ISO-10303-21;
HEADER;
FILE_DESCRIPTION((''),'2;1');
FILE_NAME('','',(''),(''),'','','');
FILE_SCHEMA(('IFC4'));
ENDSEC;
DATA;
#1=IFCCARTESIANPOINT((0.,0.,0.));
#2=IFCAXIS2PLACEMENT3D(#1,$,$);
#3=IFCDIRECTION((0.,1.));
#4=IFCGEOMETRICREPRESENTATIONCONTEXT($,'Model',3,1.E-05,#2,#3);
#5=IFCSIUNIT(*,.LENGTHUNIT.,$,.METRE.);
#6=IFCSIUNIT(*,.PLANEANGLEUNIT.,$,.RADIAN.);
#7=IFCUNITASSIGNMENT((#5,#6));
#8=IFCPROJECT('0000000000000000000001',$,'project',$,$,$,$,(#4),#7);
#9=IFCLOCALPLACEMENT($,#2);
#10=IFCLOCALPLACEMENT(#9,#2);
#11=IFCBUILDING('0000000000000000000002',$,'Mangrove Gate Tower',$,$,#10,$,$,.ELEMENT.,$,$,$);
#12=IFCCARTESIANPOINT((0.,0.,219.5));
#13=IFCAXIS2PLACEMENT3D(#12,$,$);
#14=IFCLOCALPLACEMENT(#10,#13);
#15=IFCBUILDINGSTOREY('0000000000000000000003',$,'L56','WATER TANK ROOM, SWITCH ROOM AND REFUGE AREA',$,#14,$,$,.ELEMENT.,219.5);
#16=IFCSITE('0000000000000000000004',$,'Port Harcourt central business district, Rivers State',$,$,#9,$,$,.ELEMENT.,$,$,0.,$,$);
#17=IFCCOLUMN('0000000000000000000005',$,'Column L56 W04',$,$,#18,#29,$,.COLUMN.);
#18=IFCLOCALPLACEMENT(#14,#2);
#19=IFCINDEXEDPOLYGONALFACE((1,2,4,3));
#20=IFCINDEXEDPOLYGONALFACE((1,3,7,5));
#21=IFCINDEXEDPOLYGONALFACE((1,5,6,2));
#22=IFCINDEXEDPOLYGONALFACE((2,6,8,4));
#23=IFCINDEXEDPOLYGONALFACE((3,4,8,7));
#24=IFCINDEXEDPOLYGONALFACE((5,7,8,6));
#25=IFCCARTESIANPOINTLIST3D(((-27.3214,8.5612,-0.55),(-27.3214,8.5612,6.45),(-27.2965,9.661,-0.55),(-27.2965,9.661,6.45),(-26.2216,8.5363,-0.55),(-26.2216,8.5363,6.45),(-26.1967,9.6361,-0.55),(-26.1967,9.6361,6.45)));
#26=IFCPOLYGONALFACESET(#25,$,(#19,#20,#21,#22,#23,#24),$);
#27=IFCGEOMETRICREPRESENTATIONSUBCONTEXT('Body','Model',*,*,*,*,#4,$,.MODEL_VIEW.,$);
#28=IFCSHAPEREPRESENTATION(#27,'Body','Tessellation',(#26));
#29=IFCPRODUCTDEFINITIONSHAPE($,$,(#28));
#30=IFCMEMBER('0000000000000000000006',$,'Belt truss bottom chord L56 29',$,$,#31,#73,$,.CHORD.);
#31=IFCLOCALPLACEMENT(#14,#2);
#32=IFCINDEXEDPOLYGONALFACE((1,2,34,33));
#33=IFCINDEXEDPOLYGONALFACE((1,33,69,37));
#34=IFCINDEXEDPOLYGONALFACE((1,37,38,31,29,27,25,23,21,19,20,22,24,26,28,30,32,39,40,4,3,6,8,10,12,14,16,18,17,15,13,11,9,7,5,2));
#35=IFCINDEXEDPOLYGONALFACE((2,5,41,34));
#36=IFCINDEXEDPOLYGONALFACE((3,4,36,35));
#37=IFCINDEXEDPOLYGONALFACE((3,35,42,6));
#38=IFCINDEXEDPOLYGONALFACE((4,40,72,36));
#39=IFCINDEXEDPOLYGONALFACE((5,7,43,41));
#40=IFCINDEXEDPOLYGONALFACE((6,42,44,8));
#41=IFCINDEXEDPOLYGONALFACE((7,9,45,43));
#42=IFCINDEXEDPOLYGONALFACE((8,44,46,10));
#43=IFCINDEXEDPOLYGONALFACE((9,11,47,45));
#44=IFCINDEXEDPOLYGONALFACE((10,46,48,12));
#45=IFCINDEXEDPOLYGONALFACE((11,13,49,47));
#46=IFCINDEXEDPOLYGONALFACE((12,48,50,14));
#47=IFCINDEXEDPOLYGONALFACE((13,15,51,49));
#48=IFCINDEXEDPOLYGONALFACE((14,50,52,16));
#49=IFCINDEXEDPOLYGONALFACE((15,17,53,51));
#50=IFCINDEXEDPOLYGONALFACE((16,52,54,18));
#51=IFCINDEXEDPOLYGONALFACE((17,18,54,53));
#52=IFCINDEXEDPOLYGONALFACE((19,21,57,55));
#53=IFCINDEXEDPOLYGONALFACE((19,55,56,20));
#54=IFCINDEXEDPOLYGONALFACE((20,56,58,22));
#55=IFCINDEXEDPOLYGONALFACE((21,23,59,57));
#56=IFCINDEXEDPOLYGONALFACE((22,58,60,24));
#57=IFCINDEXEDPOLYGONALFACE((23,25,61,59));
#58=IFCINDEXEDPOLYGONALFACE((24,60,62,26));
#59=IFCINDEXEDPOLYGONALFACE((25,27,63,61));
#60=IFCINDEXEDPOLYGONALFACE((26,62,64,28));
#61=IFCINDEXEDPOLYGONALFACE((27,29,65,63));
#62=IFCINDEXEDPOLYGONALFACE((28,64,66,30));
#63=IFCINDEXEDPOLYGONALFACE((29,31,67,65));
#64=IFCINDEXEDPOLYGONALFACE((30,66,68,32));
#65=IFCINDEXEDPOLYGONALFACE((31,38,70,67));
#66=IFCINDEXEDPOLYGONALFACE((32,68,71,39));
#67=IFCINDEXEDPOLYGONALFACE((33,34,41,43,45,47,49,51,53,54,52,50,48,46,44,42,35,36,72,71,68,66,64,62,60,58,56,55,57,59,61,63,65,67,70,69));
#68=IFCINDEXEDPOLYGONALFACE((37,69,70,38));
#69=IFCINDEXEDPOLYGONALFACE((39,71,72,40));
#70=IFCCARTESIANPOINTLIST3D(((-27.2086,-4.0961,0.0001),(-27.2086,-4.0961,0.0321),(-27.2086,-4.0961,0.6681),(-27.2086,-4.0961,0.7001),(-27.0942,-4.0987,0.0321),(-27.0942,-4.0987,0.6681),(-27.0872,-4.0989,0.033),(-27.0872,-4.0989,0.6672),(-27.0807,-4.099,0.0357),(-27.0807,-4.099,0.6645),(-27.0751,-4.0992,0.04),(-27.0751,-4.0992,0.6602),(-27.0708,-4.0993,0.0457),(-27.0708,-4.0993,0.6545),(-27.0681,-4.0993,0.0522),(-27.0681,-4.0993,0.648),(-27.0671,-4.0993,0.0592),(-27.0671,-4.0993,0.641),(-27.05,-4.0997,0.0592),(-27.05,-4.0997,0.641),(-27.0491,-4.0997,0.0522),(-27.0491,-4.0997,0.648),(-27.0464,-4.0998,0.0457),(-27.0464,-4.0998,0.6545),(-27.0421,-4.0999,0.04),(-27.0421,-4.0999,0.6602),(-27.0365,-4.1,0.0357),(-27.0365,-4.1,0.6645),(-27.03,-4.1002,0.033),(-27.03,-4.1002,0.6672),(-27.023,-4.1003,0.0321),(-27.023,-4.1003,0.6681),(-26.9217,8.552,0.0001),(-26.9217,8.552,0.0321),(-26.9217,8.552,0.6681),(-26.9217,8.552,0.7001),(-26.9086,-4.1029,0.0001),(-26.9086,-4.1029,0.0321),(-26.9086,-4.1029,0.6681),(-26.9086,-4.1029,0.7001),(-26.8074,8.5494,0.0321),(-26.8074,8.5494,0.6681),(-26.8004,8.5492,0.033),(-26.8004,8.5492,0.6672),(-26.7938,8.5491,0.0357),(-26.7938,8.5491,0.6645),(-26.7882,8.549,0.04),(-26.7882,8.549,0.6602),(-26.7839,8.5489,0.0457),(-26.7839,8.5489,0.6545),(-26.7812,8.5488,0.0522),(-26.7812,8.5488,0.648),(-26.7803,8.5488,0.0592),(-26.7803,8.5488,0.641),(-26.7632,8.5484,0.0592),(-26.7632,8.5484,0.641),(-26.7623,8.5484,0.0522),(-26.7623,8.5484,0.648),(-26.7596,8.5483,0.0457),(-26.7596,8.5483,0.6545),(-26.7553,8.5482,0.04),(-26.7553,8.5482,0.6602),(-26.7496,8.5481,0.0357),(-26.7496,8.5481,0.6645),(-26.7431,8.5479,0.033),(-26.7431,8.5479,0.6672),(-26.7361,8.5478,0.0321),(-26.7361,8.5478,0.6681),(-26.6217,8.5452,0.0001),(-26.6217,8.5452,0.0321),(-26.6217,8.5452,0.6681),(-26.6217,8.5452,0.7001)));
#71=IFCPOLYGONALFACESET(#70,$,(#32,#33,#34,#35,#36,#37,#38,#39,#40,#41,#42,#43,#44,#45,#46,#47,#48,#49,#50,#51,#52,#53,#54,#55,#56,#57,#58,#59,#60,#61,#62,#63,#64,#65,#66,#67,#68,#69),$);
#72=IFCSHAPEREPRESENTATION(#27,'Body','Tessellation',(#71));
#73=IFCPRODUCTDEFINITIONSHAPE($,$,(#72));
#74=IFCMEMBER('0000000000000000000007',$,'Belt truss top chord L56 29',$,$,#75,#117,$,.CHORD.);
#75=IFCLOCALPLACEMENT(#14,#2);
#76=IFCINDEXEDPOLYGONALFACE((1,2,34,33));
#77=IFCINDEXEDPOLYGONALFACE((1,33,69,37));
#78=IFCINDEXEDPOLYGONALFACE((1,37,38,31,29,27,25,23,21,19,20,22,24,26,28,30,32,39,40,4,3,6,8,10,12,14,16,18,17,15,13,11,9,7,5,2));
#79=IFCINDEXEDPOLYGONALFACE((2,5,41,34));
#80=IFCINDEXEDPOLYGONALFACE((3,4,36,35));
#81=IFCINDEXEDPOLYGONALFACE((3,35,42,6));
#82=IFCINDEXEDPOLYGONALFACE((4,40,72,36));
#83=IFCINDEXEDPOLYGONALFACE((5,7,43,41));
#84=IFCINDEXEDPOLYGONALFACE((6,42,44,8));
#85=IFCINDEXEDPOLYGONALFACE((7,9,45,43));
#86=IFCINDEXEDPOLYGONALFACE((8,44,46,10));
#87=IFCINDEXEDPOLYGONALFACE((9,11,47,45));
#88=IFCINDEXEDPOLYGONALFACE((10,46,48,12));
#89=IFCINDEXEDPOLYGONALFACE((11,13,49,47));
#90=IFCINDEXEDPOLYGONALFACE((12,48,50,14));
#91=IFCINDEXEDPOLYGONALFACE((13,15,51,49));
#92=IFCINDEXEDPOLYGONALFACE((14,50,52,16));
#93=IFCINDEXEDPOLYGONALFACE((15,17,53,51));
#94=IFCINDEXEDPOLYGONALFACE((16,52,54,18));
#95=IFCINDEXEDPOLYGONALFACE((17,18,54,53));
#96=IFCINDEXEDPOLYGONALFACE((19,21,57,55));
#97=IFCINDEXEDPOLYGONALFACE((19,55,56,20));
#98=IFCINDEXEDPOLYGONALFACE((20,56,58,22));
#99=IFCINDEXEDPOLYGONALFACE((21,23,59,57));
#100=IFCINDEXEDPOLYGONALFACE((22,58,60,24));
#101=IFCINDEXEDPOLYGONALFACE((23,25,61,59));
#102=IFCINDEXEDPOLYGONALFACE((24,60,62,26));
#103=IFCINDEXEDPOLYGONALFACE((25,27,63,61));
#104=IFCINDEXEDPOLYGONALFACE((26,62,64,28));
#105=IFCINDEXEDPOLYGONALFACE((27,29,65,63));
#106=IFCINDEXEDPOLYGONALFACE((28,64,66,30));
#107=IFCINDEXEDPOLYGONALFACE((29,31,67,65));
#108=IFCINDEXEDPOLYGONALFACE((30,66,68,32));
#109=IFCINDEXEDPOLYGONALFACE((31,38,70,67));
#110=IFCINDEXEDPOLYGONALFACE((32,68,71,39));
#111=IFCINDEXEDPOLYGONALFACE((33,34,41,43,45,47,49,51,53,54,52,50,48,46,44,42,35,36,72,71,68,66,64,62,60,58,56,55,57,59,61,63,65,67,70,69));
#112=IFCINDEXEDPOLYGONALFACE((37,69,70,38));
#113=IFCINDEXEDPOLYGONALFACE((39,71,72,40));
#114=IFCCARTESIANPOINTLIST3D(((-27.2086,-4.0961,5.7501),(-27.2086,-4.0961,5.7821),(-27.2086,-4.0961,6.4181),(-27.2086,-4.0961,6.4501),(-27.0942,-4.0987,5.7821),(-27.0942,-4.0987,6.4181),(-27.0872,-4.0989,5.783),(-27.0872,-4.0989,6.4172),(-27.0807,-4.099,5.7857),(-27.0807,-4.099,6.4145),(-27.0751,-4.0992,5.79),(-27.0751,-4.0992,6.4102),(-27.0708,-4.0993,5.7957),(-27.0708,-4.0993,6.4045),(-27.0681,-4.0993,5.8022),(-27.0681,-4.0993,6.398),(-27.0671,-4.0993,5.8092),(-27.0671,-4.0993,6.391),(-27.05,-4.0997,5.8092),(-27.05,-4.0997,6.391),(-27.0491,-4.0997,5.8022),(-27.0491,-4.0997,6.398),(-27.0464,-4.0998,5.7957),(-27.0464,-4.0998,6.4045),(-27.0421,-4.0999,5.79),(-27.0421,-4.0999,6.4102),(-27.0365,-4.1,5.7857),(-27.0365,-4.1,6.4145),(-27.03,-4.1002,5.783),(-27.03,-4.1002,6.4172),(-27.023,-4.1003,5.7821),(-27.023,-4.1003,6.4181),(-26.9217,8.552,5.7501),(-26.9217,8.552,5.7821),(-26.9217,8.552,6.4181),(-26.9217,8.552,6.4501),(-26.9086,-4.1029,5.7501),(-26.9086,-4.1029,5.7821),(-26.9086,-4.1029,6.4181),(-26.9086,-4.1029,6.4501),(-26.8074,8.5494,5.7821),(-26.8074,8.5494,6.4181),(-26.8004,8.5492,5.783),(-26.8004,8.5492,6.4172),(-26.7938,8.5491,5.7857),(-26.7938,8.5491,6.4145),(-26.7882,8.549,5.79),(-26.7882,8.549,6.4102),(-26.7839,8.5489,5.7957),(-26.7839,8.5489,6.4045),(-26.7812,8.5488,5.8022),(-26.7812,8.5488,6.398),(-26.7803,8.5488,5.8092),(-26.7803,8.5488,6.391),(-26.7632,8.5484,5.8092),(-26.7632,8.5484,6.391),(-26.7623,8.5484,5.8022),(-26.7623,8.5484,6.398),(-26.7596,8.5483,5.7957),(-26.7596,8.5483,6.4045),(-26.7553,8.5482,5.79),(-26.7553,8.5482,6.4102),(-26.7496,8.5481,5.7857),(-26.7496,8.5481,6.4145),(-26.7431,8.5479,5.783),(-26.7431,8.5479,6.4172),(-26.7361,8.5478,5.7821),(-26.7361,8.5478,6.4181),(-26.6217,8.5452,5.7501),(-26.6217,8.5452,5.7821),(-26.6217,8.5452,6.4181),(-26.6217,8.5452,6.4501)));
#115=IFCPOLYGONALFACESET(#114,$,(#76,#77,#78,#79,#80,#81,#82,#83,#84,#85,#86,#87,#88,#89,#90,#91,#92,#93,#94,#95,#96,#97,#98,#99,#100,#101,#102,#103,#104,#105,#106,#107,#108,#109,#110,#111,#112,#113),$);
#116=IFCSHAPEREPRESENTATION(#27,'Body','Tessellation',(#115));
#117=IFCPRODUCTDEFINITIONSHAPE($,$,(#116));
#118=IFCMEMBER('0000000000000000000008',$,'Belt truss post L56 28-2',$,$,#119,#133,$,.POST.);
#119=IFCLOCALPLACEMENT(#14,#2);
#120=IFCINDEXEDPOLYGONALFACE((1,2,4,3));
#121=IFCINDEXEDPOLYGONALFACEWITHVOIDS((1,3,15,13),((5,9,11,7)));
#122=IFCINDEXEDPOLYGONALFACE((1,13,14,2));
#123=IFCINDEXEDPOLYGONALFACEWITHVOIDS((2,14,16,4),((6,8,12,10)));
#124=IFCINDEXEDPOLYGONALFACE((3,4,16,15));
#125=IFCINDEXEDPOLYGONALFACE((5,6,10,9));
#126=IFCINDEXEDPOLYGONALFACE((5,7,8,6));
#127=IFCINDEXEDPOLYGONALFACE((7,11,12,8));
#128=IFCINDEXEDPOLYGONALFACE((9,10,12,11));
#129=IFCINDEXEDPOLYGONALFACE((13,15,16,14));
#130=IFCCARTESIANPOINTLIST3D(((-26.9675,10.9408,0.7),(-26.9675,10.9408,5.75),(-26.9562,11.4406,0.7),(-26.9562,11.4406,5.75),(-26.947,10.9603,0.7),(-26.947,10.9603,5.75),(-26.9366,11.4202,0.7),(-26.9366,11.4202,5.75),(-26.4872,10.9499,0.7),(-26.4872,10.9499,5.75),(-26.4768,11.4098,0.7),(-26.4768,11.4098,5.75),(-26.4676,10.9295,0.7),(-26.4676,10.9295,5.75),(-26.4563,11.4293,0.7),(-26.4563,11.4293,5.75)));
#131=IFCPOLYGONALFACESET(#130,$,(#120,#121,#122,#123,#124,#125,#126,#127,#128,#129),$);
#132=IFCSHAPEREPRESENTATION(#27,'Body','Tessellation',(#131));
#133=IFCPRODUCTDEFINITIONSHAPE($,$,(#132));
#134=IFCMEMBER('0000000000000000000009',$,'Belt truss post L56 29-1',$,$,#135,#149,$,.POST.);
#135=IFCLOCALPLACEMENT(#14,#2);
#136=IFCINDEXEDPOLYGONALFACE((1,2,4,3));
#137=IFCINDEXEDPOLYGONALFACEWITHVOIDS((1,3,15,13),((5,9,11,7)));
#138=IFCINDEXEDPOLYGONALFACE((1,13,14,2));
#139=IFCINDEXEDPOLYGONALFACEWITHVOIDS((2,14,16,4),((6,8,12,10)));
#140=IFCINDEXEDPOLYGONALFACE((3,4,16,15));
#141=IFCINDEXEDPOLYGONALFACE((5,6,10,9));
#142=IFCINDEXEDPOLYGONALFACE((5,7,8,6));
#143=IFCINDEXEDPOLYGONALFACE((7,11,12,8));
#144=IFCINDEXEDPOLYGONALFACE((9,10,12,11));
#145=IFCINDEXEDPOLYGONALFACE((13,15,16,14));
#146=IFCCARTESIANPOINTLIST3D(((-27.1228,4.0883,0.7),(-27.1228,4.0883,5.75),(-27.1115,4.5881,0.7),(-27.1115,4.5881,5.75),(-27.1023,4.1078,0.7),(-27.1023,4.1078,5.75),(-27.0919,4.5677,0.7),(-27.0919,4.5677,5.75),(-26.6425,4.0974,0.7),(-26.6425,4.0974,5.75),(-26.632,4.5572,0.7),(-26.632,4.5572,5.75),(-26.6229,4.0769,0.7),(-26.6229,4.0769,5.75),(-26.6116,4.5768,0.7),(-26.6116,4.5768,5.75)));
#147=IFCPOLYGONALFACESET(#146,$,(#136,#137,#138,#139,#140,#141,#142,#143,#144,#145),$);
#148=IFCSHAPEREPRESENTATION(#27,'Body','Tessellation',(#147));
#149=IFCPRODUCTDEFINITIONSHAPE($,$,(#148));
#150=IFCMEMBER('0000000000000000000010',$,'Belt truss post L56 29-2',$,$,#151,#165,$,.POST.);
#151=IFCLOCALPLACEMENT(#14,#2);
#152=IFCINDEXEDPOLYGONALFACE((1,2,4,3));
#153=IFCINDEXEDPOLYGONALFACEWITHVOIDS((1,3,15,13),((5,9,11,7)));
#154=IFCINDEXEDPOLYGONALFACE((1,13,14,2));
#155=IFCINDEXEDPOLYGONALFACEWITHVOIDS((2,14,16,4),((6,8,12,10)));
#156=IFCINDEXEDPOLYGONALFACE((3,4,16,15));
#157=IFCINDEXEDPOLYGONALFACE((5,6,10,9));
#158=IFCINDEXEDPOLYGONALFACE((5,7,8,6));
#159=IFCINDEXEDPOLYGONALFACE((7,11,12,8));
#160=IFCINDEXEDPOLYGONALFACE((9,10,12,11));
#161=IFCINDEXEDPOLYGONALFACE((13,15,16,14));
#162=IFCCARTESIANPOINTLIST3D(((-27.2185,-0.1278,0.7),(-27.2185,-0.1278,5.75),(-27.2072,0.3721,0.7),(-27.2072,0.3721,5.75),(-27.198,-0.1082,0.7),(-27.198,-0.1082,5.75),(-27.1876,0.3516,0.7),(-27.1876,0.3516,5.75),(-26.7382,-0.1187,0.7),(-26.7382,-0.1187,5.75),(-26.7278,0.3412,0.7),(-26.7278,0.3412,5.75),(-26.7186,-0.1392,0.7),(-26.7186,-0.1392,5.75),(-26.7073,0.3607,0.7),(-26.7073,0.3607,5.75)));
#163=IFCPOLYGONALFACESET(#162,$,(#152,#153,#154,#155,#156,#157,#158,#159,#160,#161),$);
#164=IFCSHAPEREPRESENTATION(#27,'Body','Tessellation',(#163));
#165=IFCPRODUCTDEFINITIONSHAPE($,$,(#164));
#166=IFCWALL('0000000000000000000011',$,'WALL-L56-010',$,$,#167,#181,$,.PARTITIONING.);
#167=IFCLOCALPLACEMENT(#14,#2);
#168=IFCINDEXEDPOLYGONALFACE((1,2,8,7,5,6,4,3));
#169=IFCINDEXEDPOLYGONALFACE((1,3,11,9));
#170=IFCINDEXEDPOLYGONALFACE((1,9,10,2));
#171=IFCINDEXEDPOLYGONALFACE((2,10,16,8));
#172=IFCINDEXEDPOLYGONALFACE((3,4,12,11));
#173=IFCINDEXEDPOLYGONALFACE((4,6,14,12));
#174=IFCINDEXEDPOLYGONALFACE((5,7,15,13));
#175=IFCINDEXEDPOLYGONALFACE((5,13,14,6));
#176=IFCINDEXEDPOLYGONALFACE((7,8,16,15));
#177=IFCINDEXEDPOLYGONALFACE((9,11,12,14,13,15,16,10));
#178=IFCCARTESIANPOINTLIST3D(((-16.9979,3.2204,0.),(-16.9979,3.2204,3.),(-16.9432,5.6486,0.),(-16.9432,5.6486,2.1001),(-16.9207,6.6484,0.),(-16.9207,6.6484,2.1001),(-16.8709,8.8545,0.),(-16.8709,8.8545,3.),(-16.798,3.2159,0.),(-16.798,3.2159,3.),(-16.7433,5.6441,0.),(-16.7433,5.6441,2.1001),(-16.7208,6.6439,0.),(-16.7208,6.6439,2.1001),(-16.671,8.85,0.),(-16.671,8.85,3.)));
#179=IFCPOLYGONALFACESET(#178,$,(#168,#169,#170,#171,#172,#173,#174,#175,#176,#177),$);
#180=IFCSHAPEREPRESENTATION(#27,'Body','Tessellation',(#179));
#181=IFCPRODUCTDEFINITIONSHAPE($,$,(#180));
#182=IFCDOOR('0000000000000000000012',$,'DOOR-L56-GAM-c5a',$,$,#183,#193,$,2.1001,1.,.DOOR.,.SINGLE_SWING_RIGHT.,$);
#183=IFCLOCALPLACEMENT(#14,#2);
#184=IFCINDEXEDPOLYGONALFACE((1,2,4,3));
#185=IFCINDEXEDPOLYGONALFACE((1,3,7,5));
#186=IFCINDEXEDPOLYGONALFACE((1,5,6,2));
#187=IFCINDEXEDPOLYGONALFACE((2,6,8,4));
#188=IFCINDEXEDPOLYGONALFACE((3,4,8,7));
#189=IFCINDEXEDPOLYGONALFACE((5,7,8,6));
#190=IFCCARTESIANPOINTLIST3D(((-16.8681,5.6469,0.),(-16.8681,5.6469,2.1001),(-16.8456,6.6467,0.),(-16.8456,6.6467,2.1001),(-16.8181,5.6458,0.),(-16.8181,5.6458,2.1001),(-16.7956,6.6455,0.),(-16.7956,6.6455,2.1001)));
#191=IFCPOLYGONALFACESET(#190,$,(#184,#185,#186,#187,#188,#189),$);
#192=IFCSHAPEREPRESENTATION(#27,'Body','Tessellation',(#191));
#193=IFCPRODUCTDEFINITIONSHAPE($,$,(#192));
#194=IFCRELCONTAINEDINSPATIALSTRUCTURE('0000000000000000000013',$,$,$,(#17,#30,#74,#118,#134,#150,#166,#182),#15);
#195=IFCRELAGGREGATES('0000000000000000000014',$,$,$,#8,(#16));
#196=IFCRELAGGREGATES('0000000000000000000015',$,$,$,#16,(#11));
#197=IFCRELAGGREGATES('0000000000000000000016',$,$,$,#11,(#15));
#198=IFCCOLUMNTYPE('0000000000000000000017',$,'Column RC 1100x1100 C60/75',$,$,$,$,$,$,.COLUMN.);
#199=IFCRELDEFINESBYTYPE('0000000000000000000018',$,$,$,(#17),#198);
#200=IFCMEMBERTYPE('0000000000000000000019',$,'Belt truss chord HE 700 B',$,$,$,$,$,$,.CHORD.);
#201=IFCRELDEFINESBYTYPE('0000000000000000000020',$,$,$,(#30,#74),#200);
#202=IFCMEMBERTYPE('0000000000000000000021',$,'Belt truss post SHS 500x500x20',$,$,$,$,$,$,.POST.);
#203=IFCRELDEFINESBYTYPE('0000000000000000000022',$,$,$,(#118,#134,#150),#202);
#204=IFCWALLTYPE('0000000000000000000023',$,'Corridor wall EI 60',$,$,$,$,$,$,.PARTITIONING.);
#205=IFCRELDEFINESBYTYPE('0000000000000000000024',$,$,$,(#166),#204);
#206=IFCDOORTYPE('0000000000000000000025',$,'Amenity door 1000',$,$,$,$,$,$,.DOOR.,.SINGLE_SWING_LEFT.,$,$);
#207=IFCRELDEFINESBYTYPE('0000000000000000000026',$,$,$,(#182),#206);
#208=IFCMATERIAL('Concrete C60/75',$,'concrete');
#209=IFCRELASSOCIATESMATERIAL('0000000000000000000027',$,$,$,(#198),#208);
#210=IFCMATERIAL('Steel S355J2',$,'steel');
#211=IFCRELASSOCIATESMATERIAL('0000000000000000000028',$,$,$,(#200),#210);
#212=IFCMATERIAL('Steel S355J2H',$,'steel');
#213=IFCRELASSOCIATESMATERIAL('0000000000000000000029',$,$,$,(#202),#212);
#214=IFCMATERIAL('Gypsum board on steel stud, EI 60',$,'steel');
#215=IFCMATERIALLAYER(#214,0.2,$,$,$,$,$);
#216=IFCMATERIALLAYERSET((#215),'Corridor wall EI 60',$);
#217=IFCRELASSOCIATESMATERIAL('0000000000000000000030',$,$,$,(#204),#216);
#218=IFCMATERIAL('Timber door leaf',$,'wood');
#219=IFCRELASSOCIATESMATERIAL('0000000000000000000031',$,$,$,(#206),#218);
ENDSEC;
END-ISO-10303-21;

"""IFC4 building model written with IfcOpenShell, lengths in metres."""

from ifc_helpers import new_model, si_unit, direction, frame, frame_2d, origin, origin_2d, place, context, subcontext, project, spatial, rectangle, hollow_rectangle, i_section, extrude, material, layer, layer_set, material_profile, profile_set, type_object, element, fill, save


model = new_model("IFC4")

# Units and contexts
model_context = context("Model", 3, precision=1e-05, world=origin(), true_north=direction((0.0, 1.0)))
body_context = subcontext(model_context, "Body", "Model", "MODEL_VIEW")
ifc_project = project(units=[si_unit("LENGTHUNIT", "METRE"), si_unit("PLANEANGLEUNIT", "RADIAN")], contexts=[model_context])

# Site, building, storey
site_placement = place(None, origin())
site = spatial("IfcSite", under=ifc_project, at=site_placement, Name="Port Harcourt central business district, Rivers State", CompositionType="ELEMENT", RefElevation=0.0)
building_placement = place(site_placement, origin())
building = spatial("IfcBuilding", under=site, at=building_placement, Name="Mangrove Gate Tower", CompositionType="ELEMENT")
storey_placement = place(building_placement, frame((0.0, 0.0, 219.5)))
storey = spatial("IfcBuildingStorey", under=building, at=storey_placement, Name="L56", Description="WATER TANK ROOM, SWITCH ROOM AND REFUGE AREA", CompositionType="ELEMENT", Elevation=219.5)

# Column
ifc_material_1 = material(Name="Concrete C60/75", Category="concrete")
ifc_material_profile_1 = material_profile(ifc_material_1, rectangle(XDim=1.1001, YDim=1.1001, at=origin_2d()))
ifc_profile_set_1 = profile_set([ifc_material_profile_1], Name="Concrete C60/75")
column_type = type_object("IfcColumnType", Name="Column RC 1100x1100 C60/75", PredefinedType="COLUMN", material=ifc_profile_set_1)
column_placement = place(storey_placement, frame((-26.759, 9.0986, -0.55), z_axis=(0.0, 0.0, 1.0), x_axis=(-0.022658, -0.999743, 0.0)))
element("IfcColumn", 1, at=column_placement, inside=storey, type_object=column_type, Name="Column L56 W04", PredefinedType="COLUMN", context=body_context, shape_type="SweptSolid", body=[
    extrude(rectangle(XDim=1.1001, YDim=1.1001, at=origin_2d()), origin(), (0.0, 0.0, 1.0), 7.0),
])

# Members
ifc_material_2 = material(Name="Steel S355J2", Category="steel")
ifc_material_profile_2 = material_profile(ifc_material_2, i_section(OverallWidth=0.3, OverallDepth=0.7, WebThickness=0.0171, FlangeThickness=0.032, FilletRadius=0.0271, at=origin_2d()))
ifc_profile_set_2 = profile_set([ifc_material_profile_2], Name="Steel S355J2")
member_type_1 = type_object("IfcMemberType", Name="Belt truss chord HE 700 B", PredefinedType="CHORD", material=ifc_profile_set_2)
for number, where, z_axis, x_axis, name in (
    (2, (-26.7717, 8.5486, 0.3501), (-0.022675, -0.999743, 0.0), (0.999743, -0.022675, 0.0), "Belt truss bottom chord L56 29"),
    (3, (-26.7717, 8.5486, 6.1001), (-0.022675, -0.999743, 0.0), (0.999743, -0.022675, 0.0), "Belt truss top chord L56 29"),
):
    element("IfcMember", number, at=place(storey_placement, frame(where, z_axis=z_axis, x_axis=x_axis)), inside=storey, type_object=member_type_1, Name=name, PredefinedType="CHORD", context=body_context, shape_type="SweptSolid", body=[
        extrude(i_section(OverallWidth=0.3, OverallDepth=0.7, WebThickness=0.0171, FlangeThickness=0.032, FilletRadius=0.0271, at=origin_2d()), origin(), (0.0, 0.0, 1.0), 12.6514),
    ])
ifc_material_3 = material(Name="Steel S355J2H", Category="steel")
ifc_material_profile_3 = material_profile(ifc_material_3, hollow_rectangle(XDim=0.5, YDim=0.5, WallThickness=0.02, at=origin_2d()))
ifc_profile_set_3 = profile_set([ifc_material_profile_3], Name="Steel S355J2H")
member_type_2 = type_object("IfcMemberType", Name="Belt truss post SHS 500x500x20", PredefinedType="POST", material=ifc_profile_set_3)
for number, where, z_axis, x_axis, name in (
    (4, (-26.7119, 11.1851, 0.7), (0.0, 0.0, 1.0), (-0.022586, -0.999745, 0.0), "Belt truss post L56 28-2"),
    (5, (-26.8672, 4.3325, 0.7), (0.0, 0.0, 1.0), (-0.022688, -0.999743, 0.0), "Belt truss post L56 29-1"),
    (6, (-26.9629, 0.1165, 0.7), (0.0, 0.0, 1.0), (-0.022688, -0.999743, 0.0), "Belt truss post L56 29-2"),
):
    element("IfcMember", number, at=place(storey_placement, frame(where, z_axis=z_axis, x_axis=x_axis)), inside=storey, type_object=member_type_2, Name=name, PredefinedType="POST", context=body_context, shape_type="SweptSolid", body=[
        extrude(hollow_rectangle(XDim=0.5, YDim=0.5, WallThickness=0.02, at=origin_2d()), origin(), (0.0, 0.0, 1.0), 5.05),
    ])

# Wall, opening, door
ifc_material_4 = material(Name="Gypsum board on steel stud, EI 60", Category="steel")
ifc_layer_1 = layer(ifc_material_4, 0.2)
ifc_layer_set_1 = layer_set([ifc_layer_1], Name="Corridor wall EI 60")
wall_type_1 = type_object("IfcWallType", Name="Corridor wall EI 60", PredefinedType="PARTITIONING", material=ifc_layer_set_1)
wall_1_placement = place(storey_placement, frame((-16.8979, 3.218, 0.0), z_axis=(0.0, 0.0, 1.0), x_axis=(0.022528, 0.999746, 0.0)))
wall_1 = element("IfcWall", 7, at=wall_1_placement, inside=storey, type_object=wall_type_1, Name="WALL-L56-010", PredefinedType="PARTITIONING", context=body_context, shape_type="SweptSolid", body=[
    extrude(rectangle(XDim=5.6355, YDim=0.2, at=frame_2d((2.8179, 0.0))), origin(), (0.0, 0.0, 1.0), 3.0),
])
opening_1_placement = place(wall_1_placement, frame((2.429, 0.0, 0.0)))
opening_1 = element("IfcOpeningElement", 8, at=opening_1_placement, cuts=wall_1, PredefinedType="OPENING", context=body_context, shape_type="SweptSolid", body=[
    extrude(rectangle(XDim=1.0, YDim=2.1001, at=frame_2d((0.5, 1.05))), frame((0.0, 0.1099, 0.0), z_axis=(0.0, -1.0, 0.0), x_axis=(1.0, 0.0, 0.0)), (0.0, 0.0, 1.0), 0.22),
])
ifc_material_5 = material(Name="Timber door leaf", Category="wood")
door_type = type_object("IfcDoorType", Name="Amenity door 1000", OperationType="SINGLE_SWING_LEFT", PredefinedType="DOOR", material=ifc_material_5)
door_1_placement = place(opening_1_placement, origin())
door_1 = element("IfcDoor", 9, at=door_1_placement, inside=storey, type_object=door_type, Name="DOOR-L56-GAM-c5a", OperationType="SINGLE_SWING_RIGHT", OverallHeight=2.1001, OverallWidth=1.0, PredefinedType="DOOR", context=body_context, shape_type="SweptSolid", body=[
    extrude(rectangle(XDim=1.0, YDim=2.1001, at=frame_2d((0.5, 1.05))), frame((0.0, 0.0249, 0.0), z_axis=(0.0, -1.0, 0.0), x_axis=(1.0, 0.0, 0.0)), (0.0, 0.0, 1.0), 0.05),
])
fill(opening_1, door_1)

save(model, "model.ifc")
